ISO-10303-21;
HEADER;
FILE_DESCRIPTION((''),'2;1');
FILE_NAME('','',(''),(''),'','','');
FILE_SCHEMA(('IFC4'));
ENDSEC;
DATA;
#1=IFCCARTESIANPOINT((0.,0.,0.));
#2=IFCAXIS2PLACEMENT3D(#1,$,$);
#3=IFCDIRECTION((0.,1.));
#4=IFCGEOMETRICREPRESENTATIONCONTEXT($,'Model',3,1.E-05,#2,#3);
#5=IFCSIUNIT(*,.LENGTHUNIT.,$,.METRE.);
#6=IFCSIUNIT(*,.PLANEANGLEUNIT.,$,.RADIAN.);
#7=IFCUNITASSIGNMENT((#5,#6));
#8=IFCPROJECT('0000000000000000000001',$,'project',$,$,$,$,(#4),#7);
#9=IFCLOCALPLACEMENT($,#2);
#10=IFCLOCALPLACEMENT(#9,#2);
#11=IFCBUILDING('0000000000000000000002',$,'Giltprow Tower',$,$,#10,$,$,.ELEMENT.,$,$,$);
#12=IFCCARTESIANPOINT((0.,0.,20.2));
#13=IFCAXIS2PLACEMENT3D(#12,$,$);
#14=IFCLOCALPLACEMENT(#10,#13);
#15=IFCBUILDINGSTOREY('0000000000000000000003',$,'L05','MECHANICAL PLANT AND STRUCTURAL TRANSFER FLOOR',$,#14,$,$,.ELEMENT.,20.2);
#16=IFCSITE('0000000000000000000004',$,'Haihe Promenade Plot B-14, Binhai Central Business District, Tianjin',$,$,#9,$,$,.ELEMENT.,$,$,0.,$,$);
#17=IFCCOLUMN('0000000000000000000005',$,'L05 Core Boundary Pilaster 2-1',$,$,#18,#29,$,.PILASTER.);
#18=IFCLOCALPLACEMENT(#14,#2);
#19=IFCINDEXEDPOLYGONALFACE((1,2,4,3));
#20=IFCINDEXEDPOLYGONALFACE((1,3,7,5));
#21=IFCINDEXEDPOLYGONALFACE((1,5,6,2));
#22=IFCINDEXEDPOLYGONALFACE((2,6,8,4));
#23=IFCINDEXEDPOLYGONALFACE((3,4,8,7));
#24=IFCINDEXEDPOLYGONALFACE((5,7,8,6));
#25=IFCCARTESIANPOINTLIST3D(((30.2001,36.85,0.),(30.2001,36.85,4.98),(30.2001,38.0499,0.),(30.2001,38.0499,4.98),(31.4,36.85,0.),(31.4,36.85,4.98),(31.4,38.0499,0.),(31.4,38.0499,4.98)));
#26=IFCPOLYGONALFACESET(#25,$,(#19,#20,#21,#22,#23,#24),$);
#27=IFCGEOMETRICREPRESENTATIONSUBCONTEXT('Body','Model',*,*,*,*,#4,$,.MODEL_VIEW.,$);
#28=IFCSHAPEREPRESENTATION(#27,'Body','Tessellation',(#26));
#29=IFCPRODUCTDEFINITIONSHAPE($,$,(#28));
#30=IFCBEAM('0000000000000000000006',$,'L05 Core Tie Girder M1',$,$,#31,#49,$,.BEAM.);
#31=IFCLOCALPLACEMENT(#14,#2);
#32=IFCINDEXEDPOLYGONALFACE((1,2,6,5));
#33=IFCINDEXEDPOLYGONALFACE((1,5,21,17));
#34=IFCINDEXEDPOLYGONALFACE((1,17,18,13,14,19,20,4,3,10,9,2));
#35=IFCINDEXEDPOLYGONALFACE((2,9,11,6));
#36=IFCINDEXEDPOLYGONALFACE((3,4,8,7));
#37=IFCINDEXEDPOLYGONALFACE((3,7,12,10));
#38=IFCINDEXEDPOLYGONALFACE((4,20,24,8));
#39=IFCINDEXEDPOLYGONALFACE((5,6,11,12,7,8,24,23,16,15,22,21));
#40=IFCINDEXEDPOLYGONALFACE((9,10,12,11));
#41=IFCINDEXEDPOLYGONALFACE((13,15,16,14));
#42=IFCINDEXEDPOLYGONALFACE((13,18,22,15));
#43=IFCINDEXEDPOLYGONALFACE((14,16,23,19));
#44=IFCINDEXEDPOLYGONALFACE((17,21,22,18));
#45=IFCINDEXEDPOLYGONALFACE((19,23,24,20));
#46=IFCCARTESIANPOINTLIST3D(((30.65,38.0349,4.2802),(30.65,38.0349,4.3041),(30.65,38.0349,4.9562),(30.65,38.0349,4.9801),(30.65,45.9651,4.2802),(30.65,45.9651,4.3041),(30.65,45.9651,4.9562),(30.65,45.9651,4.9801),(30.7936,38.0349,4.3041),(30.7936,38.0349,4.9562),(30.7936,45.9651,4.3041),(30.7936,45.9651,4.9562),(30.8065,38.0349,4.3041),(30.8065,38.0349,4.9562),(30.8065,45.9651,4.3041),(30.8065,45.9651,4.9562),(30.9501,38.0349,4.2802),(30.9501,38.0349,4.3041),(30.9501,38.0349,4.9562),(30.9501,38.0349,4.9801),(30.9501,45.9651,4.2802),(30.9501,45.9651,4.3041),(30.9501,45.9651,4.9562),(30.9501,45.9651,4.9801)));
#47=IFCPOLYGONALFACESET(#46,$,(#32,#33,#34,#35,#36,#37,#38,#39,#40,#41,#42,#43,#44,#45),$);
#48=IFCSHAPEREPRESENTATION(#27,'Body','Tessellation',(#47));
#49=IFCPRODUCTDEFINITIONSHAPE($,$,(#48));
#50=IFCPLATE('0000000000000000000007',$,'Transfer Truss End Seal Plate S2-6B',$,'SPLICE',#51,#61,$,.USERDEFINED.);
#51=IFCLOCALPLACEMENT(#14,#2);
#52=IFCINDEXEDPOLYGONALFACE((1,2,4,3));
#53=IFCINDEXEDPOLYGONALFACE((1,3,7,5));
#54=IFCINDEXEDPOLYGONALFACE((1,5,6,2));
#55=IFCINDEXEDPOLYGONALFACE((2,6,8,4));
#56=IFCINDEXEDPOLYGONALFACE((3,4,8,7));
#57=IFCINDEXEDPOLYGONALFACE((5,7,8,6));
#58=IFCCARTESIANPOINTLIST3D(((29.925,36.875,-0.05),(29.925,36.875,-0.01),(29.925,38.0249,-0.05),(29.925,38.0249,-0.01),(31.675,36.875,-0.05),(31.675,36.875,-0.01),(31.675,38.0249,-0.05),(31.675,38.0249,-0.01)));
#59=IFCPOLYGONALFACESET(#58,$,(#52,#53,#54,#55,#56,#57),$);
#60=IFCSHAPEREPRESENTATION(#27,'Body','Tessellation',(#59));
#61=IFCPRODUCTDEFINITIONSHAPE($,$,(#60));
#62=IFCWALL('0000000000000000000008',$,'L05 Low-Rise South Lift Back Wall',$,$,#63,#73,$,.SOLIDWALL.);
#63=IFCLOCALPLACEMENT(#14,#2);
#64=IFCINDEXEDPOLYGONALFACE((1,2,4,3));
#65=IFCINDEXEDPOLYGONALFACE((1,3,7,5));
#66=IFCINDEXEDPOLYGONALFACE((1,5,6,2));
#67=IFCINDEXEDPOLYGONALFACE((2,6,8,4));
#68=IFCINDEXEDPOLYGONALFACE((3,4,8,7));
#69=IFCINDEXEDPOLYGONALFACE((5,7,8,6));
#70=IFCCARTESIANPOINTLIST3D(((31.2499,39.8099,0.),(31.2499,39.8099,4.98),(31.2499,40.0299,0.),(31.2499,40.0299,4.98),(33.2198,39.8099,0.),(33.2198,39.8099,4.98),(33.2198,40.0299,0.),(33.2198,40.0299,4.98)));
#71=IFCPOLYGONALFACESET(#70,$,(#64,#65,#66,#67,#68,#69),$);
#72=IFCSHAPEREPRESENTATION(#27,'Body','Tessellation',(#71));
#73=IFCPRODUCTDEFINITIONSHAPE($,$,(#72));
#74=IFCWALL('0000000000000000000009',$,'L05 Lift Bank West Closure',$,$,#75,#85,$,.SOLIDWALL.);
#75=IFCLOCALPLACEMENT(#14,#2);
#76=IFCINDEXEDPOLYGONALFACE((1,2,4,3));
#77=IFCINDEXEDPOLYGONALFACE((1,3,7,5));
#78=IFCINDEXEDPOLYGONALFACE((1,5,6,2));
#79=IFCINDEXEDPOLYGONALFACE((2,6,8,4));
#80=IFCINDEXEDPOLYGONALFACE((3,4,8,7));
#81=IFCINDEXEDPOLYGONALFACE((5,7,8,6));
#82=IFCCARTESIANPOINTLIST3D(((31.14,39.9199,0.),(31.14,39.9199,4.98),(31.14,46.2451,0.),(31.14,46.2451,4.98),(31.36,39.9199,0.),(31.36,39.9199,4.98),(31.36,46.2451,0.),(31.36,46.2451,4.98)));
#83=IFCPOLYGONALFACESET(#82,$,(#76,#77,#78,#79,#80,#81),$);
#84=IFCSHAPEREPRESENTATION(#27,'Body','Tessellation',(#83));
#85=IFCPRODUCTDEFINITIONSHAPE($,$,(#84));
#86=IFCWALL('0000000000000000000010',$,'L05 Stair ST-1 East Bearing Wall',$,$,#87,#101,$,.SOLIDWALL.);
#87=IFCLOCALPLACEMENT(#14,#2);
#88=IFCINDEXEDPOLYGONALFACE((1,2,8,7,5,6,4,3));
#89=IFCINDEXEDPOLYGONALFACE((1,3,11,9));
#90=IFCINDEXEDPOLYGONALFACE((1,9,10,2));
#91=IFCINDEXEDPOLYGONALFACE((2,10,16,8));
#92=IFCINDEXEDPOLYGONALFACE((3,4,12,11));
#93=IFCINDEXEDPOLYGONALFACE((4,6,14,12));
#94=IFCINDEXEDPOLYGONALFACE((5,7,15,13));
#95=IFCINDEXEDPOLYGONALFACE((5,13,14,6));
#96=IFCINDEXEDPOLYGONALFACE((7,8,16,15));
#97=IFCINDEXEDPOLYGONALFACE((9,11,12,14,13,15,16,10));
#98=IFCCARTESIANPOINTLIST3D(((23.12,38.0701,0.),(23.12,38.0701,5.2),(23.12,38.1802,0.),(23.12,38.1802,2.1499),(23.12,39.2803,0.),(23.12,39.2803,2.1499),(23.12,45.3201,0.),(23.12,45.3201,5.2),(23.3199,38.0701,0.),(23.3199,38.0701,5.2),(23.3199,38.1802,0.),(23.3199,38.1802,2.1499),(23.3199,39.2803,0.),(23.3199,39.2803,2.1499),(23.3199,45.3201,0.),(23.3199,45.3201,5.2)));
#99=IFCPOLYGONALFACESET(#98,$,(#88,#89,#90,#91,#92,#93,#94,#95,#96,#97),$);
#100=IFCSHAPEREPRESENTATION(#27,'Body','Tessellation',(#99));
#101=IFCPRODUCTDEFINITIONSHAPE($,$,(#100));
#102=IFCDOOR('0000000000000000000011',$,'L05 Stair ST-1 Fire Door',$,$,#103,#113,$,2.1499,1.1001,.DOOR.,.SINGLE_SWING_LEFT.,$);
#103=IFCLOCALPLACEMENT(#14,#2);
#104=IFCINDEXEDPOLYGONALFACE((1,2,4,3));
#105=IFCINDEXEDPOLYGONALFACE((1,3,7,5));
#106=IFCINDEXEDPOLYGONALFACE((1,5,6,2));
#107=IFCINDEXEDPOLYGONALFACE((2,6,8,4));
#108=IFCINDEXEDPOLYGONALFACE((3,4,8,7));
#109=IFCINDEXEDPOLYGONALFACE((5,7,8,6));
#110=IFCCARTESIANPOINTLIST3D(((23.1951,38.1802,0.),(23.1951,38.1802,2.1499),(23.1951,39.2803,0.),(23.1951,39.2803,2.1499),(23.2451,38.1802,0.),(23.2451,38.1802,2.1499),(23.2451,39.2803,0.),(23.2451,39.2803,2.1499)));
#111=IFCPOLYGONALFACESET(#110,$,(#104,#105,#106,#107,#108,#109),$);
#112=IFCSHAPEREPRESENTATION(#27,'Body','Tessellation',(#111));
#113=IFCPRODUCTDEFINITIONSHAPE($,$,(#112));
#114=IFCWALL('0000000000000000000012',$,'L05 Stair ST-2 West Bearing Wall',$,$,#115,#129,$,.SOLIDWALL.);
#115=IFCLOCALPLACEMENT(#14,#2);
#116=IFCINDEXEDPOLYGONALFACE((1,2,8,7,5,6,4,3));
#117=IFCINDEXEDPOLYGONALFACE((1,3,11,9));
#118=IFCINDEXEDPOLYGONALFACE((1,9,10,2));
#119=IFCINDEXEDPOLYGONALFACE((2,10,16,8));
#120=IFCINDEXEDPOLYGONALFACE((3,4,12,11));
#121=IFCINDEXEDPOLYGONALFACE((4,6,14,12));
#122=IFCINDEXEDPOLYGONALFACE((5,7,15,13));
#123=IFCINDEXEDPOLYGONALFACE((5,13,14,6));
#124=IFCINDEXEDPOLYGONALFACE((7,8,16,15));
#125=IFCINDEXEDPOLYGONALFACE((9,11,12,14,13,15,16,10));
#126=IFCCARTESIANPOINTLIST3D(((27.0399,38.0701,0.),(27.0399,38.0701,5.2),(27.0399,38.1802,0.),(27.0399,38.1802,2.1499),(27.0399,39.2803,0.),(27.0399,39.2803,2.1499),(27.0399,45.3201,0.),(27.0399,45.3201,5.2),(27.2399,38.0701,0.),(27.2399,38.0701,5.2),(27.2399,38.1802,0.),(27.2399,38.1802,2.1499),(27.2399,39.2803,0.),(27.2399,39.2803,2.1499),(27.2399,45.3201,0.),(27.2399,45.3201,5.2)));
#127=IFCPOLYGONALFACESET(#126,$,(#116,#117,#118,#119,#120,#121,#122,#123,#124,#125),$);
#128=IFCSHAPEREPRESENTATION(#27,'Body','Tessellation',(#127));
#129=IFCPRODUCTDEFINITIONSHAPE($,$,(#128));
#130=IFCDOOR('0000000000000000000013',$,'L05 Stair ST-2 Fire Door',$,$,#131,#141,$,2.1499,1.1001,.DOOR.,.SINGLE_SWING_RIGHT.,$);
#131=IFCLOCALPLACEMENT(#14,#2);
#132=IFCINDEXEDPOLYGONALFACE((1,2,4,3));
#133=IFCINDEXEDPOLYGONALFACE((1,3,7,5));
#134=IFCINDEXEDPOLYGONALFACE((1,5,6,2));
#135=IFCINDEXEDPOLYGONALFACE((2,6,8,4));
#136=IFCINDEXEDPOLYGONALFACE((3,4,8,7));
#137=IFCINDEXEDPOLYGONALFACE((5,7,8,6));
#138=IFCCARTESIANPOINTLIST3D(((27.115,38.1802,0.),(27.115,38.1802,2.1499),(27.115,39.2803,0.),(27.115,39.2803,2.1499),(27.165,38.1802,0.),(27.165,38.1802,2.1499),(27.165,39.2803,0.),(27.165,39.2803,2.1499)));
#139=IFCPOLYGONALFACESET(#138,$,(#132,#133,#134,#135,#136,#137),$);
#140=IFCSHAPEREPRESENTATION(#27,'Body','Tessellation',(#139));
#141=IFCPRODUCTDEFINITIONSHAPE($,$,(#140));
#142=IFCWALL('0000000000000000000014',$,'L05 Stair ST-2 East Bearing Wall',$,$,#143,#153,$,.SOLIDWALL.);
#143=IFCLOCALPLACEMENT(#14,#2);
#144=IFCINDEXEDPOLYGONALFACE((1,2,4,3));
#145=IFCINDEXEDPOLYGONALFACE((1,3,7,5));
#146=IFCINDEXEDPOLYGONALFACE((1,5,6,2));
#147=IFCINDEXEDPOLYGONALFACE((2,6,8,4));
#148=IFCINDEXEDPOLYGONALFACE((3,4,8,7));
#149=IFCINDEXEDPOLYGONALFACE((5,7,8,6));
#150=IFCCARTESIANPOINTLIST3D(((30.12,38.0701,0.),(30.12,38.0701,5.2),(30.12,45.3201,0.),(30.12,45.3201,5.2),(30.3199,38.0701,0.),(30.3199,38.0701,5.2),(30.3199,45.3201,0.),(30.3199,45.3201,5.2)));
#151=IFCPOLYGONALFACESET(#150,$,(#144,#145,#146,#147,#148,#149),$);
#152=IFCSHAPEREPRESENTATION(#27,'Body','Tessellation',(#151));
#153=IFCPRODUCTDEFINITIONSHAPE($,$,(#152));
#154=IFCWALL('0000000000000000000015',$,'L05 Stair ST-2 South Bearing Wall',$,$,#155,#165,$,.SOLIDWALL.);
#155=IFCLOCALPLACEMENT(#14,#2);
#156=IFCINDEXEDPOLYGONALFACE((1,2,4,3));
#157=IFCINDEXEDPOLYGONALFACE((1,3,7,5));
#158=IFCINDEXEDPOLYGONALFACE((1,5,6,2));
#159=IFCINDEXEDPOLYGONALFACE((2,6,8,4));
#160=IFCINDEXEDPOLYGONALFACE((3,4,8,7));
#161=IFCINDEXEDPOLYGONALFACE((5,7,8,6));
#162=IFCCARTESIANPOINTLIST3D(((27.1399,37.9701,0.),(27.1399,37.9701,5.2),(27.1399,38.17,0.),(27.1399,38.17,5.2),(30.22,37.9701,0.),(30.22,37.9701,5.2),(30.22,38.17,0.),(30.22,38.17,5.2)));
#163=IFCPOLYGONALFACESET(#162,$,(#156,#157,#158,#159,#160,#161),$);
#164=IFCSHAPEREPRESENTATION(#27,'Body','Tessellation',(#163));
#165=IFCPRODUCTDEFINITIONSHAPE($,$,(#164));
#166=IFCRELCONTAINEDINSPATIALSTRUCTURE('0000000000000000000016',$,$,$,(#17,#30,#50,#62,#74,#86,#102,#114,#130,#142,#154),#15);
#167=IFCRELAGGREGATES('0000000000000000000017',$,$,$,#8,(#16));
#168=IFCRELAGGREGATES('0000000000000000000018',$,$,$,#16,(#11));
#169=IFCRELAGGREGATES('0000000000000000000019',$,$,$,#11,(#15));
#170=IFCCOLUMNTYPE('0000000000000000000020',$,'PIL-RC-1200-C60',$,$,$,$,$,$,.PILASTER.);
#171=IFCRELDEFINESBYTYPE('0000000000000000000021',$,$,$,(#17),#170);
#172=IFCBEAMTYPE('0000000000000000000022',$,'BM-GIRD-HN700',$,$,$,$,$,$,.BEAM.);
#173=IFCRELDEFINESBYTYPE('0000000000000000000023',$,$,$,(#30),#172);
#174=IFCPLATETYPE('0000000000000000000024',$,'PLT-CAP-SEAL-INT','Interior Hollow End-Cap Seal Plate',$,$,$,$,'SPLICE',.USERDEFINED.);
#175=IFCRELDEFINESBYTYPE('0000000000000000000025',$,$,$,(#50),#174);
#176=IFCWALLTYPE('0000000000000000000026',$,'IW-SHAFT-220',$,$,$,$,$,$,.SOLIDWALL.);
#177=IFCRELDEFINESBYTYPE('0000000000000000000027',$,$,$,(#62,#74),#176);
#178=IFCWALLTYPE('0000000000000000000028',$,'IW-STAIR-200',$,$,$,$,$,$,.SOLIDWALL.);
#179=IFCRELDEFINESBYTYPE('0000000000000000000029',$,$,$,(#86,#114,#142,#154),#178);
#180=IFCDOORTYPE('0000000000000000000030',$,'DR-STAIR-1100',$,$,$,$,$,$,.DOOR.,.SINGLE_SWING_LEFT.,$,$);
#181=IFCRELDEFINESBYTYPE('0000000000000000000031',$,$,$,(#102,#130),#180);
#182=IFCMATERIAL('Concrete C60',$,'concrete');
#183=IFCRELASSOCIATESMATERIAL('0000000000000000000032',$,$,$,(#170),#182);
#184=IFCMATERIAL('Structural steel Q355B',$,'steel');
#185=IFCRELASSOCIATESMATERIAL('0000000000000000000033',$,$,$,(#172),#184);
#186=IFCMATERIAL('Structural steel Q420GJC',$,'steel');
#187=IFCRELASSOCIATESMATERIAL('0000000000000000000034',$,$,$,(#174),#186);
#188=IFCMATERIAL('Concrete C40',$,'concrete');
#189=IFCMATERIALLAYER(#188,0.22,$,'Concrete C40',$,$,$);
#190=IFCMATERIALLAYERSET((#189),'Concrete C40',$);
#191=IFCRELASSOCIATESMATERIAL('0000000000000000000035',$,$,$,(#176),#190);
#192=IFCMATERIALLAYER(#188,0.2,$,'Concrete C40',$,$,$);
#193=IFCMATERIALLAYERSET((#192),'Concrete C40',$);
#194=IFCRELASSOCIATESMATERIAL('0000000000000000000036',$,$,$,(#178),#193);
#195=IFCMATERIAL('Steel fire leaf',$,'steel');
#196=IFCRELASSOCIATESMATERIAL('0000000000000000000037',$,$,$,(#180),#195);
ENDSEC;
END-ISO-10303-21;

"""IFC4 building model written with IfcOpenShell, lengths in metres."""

from ifc_helpers import new_model, si_unit, direction, frame, frame_2d, origin, origin_2d, place, context, subcontext, project, spatial, rectangle, i_section, extrude, source, transform, mapped, material, layer, layer_set, material_profile, profile_set, type_object, element, fill, save


model = new_model("IFC4")

# Units and contexts
model_context = context("Model", 3, precision=1e-05, world=origin(), true_north=direction((0.0, 1.0)))
body_context = subcontext(model_context, "Body", "Model", "MODEL_VIEW")
ifc_project = project(units=[si_unit("LENGTHUNIT", "METRE"), si_unit("PLANEANGLEUNIT", "RADIAN")], contexts=[model_context])

# Site, building, storey
site_placement = place(None, origin())
site = spatial("IfcSite", under=ifc_project, at=site_placement, Name="Haihe Promenade Plot B-14, Binhai Central Business District, Tianjin", CompositionType="ELEMENT", RefElevation=0.0)
building_placement = place(site_placement, origin())
building = spatial("IfcBuilding", under=site, at=building_placement, Name="Giltprow Tower", CompositionType="ELEMENT")
storey_placement = place(building_placement, frame((0.0, 0.0, 20.2)))
storey = spatial("IfcBuildingStorey", under=building, at=storey_placement, Name="L05", Description="MECHANICAL PLANT AND STRUCTURAL TRANSFER FLOOR", CompositionType="ELEMENT", Elevation=20.2)

# Column
ifc_material_1 = material(Name="Concrete C60", Category="concrete")
ifc_material_profile_1 = material_profile(ifc_material_1, rectangle(XDim=1.2, YDim=1.2, at=origin_2d()), Name="RC 1200x1200")
ifc_profile_set_1 = profile_set([ifc_material_profile_1], Name="Concrete C60")
column_type = type_object("IfcColumnType", Name="PIL-RC-1200-C60", PredefinedType="PILASTER", material=ifc_profile_set_1)
shared_shape_1 = source(origin(), body_context, "Body", "SweptSolid", [
    extrude(rectangle(XDim=1.2, YDim=1.2, at=origin_2d()), origin(), (0.0, 0.0, 1.0), 4.98),
])
column_placement = place(storey_placement, frame((30.8, 37.45, 0.0), z_axis=(0.0, 0.0, 1.0), x_axis=(1.0, 0.0, 0.0)))
element("IfcColumn", 1, at=column_placement, inside=storey, type_object=column_type, Name="L05 Core Boundary Pilaster 2-1", PredefinedType="PILASTER", context=body_context, shape_type="MappedRepresentation", body=[
    mapped(shared_shape_1, transform((0.0, 0.0, 0.0), x_axis=(1.0, 0.0, 0.0), y_axis=(0.0, 1.0, 0.0), z_axis=(0.0, 0.0, 1.0), scale=1.0)),
])

# Beam
ifc_material_2 = material(Name="Structural steel Q355B", Category="steel")
ifc_material_profile_2 = material_profile(ifc_material_2, i_section(OverallWidth=0.3, OverallDepth=0.7, WebThickness=0.0129, FlangeThickness=0.0239, at=origin_2d()), Name="HN 700x300x13x24")
ifc_profile_set_2 = profile_set([ifc_material_profile_2], Name="Structural steel Q355B")
beam_type = type_object("IfcBeamType", Name="BM-GIRD-HN700", PredefinedType="BEAM", material=ifc_profile_set_2)
shared_shape_2 = source(origin(), body_context, "Body", "SweptSolid", [
    extrude(i_section(OverallWidth=0.3, OverallDepth=0.7, WebThickness=0.0129, FlangeThickness=0.0239, at=origin_2d()), origin(), (0.0, 0.0, 1.0), 7.9302),
])
beam_placement = place(storey_placement, frame((30.8, 38.0349, 4.6301), z_axis=(0.0, 1.0, 0.0), x_axis=(-1.0, 0.0, 0.0)))
element("IfcBeam", 2, at=beam_placement, inside=storey, type_object=beam_type, Name="L05 Core Tie Girder M1", PredefinedType="BEAM", context=body_context, shape_type="MappedRepresentation", body=[
    mapped(shared_shape_2, transform((0.0, 0.0, 0.0), x_axis=(1.0, 0.0, 0.0), y_axis=(0.0, 1.0, 0.0), z_axis=(0.0, 0.0, 1.0), scale=1.0)),
])

# Plate
ifc_material_3 = material(Name="Structural steel Q420GJC", Category="steel")
plate_type = type_object("IfcPlateType", Name="PLT-CAP-SEAL-INT", Description="Interior Hollow End-Cap Seal Plate", ElementType="SPLICE", PredefinedType="USERDEFINED", material=ifc_material_3)
shared_shape_3 = source(origin(), body_context, "Body", "SweptSolid", [
    extrude(rectangle(XDim=1.75, YDim=1.1499, at=origin_2d()), origin(), (0.0, 0.0, 1.0), 0.04),
])
plate_placement = place(storey_placement, frame((30.8, 37.45, -0.05), z_axis=(0.0, 0.0, 1.0), x_axis=(1.0, 0.0, 0.0)))
element("IfcPlate", 3, at=plate_placement, inside=storey, type_object=plate_type, Name="Transfer Truss End Seal Plate S2-6B", ObjectType="SPLICE", PredefinedType="USERDEFINED", context=body_context, shape_type="MappedRepresentation", body=[
    mapped(shared_shape_3, transform((0.0, 0.0, 0.0), x_axis=(1.0, 0.0, 0.0), y_axis=(0.0, 1.0, 0.0), z_axis=(0.0, 0.0, 1.0), scale=1.0)),
])

# Walls
ifc_material_4 = material(Name="Concrete C40", Category="concrete")
ifc_layer_1 = layer(ifc_material_4, 0.22, Name="Concrete C40")
ifc_layer_set_1 = layer_set([ifc_layer_1], Name="Concrete C40")
wall_type_1 = type_object("IfcWallType", Name="IW-SHAFT-220", PredefinedType="SOLIDWALL", material=ifc_layer_set_1)
wall_1_placement = place(storey_placement, frame((31.25, 39.9199, 0.0), z_axis=(0.0, 0.0, 1.0), x_axis=(1.0, 0.0, 0.0)))
element("IfcWall", 4, at=wall_1_placement, inside=storey, type_object=wall_type_1, Name="L05 Low-Rise South Lift Back Wall", PredefinedType="SOLIDWALL", context=body_context, shape_type="SweptSolid", body=[
    extrude(rectangle(XDim=1.97, YDim=0.22, at=frame_2d((0.9849, 0.0))), origin(), (0.0, 0.0, 1.0), 4.98),
])
wall_2_placement = place(storey_placement, frame((31.25, 39.9199, 0.0), z_axis=(0.0, 0.0, 1.0), x_axis=(0.0, 1.0, 0.0)))
element("IfcWall", 5, at=wall_2_placement, inside=storey, type_object=wall_type_1, Name="L05 Lift Bank West Closure", PredefinedType="SOLIDWALL", context=body_context, shape_type="SweptSolid", body=[
    extrude(rectangle(XDim=6.3252, YDim=0.22, at=frame_2d((3.1626, 0.0))), origin(), (0.0, 0.0, 1.0), 4.98),
])

# Walls, openings, doors
ifc_layer_2 = layer(ifc_material_4, 0.2, Name="Concrete C40")
ifc_layer_set_2 = layer_set([ifc_layer_2], Name="Concrete C40")
wall_type_2 = type_object("IfcWallType", Name="IW-STAIR-200", PredefinedType="SOLIDWALL", material=ifc_layer_set_2)
wall_3_placement = place(storey_placement, frame((23.22, 38.0701, 0.0), z_axis=(0.0, 0.0, 1.0), x_axis=(0.0, 1.0, 0.0)))
wall_3 = element("IfcWall", 6, at=wall_3_placement, inside=storey, type_object=wall_type_2, Name="L05 Stair ST-1 East Bearing Wall", PredefinedType="SOLIDWALL", context=body_context, shape_type="SweptSolid", body=[
    extrude(rectangle(XDim=7.25, YDim=0.2, at=frame_2d((3.625, 0.0))), origin(), (0.0, 0.0, 1.0), 5.2),
])
opening_1_placement = place(wall_3_placement, frame((0.1101, 0.0, 0.0)))
opening_1 = element("IfcOpeningElement", 7, at=opening_1_placement, cuts=wall_3, PredefinedType="OPENING", context=body_context, shape_type="SweptSolid", body=[
    extrude(rectangle(XDim=1.1001, YDim=2.1499, at=frame_2d((0.55, 1.075))), frame((0.0, 0.1099, 0.0), z_axis=(0.0, -1.0, 0.0), x_axis=(1.0, 0.0, 0.0)), (0.0, 0.0, 1.0), 0.22),
])
ifc_material_5 = material(Name="Steel fire leaf", Category="steel")
door_type = type_object("IfcDoorType", Name="DR-STAIR-1100", OperationType="SINGLE_SWING_LEFT", PredefinedType="DOOR", material=ifc_material_5)
shared_shape_4 = source(origin(), body_context, "Body", "SweptSolid", [
    extrude(rectangle(XDim=1.1001, YDim=2.1499, at=frame_2d((0.55, 1.075))), frame((0.0, 0.0249, 0.0), z_axis=(0.0, -1.0, 0.0), x_axis=(1.0, 0.0, 0.0)), (0.0, 0.0, 1.0), 0.05),
])
door_1_placement = place(opening_1_placement, origin())
door_1 = element("IfcDoor", 8, at=door_1_placement, inside=storey, type_object=door_type, Name="L05 Stair ST-1 Fire Door", OperationType="SINGLE_SWING_LEFT", OverallHeight=2.1499, OverallWidth=1.1001, PredefinedType="DOOR", context=body_context, shape_type="MappedRepresentation", body=[
    mapped(shared_shape_4, transform((0.0, 0.0, 0.0), x_axis=(1.0, 0.0, 0.0), y_axis=(0.0, 1.0, 0.0), z_axis=(0.0, 0.0, 1.0), scale=1.0)),
])
fill(opening_1, door_1)
wall_4_placement = place(storey_placement, frame((27.1399, 38.0701, 0.0), z_axis=(0.0, 0.0, 1.0), x_axis=(0.0, 1.0, 0.0)))
wall_4 = element("IfcWall", 9, at=wall_4_placement, inside=storey, type_object=wall_type_2, Name="L05 Stair ST-2 West Bearing Wall", PredefinedType="SOLIDWALL", context=body_context, shape_type="SweptSolid", body=[
    extrude(rectangle(XDim=7.25, YDim=0.2, at=frame_2d((3.625, 0.0))), origin(), (0.0, 0.0, 1.0), 5.2),
])
opening_2_placement = place(wall_4_placement, frame((0.1101, 0.0, 0.0)))
opening_2 = element("IfcOpeningElement", 10, at=opening_2_placement, cuts=wall_4, PredefinedType="OPENING", context=body_context, shape_type="SweptSolid", body=[
    extrude(rectangle(XDim=1.1001, YDim=2.1499, at=frame_2d((0.55, 1.075))), frame((0.0, 0.1099, 0.0), z_axis=(0.0, -1.0, 0.0), x_axis=(1.0, 0.0, 0.0)), (0.0, 0.0, 1.0), 0.22),
])
door_2_placement = place(opening_2_placement, origin())
door_2 = element("IfcDoor", 11, at=door_2_placement, inside=storey, type_object=door_type, Name="L05 Stair ST-2 Fire Door", OperationType="SINGLE_SWING_RIGHT", OverallHeight=2.1499, OverallWidth=1.1001, PredefinedType="DOOR", context=body_context, shape_type="MappedRepresentation", body=[
    mapped(shared_shape_4, transform((0.0, 0.0, 0.0), x_axis=(1.0, 0.0, 0.0), y_axis=(0.0, 1.0, 0.0), z_axis=(0.0, 0.0, 1.0), scale=1.0)),
])
fill(opening_2, door_2)

# Walls
wall_5_placement = place(storey_placement, frame((30.22, 38.0701, 0.0), z_axis=(0.0, 0.0, 1.0), x_axis=(0.0, 1.0, 0.0)))
element("IfcWall", 12, at=wall_5_placement, inside=storey, type_object=wall_type_2, Name="L05 Stair ST-2 East Bearing Wall", PredefinedType="SOLIDWALL", context=body_context, shape_type="SweptSolid", body=[
    extrude(rectangle(XDim=7.25, YDim=0.2, at=frame_2d((3.625, 0.0))), origin(), (0.0, 0.0, 1.0), 5.2),
])
wall_6_placement = place(storey_placement, frame((27.1399, 38.0701, 0.0), z_axis=(0.0, 0.0, 1.0), x_axis=(1.0, 0.0, 0.0)))
element("IfcWall", 13, at=wall_6_placement, inside=storey, type_object=wall_type_2, Name="L05 Stair ST-2 South Bearing Wall", PredefinedType="SOLIDWALL", context=body_context, shape_type="SweptSolid", body=[
    extrude(rectangle(XDim=3.0801, YDim=0.2, at=frame_2d((1.54, 0.0))), origin(), (0.0, 0.0, 1.0), 5.2),
])

save(model, "model.ifc")
